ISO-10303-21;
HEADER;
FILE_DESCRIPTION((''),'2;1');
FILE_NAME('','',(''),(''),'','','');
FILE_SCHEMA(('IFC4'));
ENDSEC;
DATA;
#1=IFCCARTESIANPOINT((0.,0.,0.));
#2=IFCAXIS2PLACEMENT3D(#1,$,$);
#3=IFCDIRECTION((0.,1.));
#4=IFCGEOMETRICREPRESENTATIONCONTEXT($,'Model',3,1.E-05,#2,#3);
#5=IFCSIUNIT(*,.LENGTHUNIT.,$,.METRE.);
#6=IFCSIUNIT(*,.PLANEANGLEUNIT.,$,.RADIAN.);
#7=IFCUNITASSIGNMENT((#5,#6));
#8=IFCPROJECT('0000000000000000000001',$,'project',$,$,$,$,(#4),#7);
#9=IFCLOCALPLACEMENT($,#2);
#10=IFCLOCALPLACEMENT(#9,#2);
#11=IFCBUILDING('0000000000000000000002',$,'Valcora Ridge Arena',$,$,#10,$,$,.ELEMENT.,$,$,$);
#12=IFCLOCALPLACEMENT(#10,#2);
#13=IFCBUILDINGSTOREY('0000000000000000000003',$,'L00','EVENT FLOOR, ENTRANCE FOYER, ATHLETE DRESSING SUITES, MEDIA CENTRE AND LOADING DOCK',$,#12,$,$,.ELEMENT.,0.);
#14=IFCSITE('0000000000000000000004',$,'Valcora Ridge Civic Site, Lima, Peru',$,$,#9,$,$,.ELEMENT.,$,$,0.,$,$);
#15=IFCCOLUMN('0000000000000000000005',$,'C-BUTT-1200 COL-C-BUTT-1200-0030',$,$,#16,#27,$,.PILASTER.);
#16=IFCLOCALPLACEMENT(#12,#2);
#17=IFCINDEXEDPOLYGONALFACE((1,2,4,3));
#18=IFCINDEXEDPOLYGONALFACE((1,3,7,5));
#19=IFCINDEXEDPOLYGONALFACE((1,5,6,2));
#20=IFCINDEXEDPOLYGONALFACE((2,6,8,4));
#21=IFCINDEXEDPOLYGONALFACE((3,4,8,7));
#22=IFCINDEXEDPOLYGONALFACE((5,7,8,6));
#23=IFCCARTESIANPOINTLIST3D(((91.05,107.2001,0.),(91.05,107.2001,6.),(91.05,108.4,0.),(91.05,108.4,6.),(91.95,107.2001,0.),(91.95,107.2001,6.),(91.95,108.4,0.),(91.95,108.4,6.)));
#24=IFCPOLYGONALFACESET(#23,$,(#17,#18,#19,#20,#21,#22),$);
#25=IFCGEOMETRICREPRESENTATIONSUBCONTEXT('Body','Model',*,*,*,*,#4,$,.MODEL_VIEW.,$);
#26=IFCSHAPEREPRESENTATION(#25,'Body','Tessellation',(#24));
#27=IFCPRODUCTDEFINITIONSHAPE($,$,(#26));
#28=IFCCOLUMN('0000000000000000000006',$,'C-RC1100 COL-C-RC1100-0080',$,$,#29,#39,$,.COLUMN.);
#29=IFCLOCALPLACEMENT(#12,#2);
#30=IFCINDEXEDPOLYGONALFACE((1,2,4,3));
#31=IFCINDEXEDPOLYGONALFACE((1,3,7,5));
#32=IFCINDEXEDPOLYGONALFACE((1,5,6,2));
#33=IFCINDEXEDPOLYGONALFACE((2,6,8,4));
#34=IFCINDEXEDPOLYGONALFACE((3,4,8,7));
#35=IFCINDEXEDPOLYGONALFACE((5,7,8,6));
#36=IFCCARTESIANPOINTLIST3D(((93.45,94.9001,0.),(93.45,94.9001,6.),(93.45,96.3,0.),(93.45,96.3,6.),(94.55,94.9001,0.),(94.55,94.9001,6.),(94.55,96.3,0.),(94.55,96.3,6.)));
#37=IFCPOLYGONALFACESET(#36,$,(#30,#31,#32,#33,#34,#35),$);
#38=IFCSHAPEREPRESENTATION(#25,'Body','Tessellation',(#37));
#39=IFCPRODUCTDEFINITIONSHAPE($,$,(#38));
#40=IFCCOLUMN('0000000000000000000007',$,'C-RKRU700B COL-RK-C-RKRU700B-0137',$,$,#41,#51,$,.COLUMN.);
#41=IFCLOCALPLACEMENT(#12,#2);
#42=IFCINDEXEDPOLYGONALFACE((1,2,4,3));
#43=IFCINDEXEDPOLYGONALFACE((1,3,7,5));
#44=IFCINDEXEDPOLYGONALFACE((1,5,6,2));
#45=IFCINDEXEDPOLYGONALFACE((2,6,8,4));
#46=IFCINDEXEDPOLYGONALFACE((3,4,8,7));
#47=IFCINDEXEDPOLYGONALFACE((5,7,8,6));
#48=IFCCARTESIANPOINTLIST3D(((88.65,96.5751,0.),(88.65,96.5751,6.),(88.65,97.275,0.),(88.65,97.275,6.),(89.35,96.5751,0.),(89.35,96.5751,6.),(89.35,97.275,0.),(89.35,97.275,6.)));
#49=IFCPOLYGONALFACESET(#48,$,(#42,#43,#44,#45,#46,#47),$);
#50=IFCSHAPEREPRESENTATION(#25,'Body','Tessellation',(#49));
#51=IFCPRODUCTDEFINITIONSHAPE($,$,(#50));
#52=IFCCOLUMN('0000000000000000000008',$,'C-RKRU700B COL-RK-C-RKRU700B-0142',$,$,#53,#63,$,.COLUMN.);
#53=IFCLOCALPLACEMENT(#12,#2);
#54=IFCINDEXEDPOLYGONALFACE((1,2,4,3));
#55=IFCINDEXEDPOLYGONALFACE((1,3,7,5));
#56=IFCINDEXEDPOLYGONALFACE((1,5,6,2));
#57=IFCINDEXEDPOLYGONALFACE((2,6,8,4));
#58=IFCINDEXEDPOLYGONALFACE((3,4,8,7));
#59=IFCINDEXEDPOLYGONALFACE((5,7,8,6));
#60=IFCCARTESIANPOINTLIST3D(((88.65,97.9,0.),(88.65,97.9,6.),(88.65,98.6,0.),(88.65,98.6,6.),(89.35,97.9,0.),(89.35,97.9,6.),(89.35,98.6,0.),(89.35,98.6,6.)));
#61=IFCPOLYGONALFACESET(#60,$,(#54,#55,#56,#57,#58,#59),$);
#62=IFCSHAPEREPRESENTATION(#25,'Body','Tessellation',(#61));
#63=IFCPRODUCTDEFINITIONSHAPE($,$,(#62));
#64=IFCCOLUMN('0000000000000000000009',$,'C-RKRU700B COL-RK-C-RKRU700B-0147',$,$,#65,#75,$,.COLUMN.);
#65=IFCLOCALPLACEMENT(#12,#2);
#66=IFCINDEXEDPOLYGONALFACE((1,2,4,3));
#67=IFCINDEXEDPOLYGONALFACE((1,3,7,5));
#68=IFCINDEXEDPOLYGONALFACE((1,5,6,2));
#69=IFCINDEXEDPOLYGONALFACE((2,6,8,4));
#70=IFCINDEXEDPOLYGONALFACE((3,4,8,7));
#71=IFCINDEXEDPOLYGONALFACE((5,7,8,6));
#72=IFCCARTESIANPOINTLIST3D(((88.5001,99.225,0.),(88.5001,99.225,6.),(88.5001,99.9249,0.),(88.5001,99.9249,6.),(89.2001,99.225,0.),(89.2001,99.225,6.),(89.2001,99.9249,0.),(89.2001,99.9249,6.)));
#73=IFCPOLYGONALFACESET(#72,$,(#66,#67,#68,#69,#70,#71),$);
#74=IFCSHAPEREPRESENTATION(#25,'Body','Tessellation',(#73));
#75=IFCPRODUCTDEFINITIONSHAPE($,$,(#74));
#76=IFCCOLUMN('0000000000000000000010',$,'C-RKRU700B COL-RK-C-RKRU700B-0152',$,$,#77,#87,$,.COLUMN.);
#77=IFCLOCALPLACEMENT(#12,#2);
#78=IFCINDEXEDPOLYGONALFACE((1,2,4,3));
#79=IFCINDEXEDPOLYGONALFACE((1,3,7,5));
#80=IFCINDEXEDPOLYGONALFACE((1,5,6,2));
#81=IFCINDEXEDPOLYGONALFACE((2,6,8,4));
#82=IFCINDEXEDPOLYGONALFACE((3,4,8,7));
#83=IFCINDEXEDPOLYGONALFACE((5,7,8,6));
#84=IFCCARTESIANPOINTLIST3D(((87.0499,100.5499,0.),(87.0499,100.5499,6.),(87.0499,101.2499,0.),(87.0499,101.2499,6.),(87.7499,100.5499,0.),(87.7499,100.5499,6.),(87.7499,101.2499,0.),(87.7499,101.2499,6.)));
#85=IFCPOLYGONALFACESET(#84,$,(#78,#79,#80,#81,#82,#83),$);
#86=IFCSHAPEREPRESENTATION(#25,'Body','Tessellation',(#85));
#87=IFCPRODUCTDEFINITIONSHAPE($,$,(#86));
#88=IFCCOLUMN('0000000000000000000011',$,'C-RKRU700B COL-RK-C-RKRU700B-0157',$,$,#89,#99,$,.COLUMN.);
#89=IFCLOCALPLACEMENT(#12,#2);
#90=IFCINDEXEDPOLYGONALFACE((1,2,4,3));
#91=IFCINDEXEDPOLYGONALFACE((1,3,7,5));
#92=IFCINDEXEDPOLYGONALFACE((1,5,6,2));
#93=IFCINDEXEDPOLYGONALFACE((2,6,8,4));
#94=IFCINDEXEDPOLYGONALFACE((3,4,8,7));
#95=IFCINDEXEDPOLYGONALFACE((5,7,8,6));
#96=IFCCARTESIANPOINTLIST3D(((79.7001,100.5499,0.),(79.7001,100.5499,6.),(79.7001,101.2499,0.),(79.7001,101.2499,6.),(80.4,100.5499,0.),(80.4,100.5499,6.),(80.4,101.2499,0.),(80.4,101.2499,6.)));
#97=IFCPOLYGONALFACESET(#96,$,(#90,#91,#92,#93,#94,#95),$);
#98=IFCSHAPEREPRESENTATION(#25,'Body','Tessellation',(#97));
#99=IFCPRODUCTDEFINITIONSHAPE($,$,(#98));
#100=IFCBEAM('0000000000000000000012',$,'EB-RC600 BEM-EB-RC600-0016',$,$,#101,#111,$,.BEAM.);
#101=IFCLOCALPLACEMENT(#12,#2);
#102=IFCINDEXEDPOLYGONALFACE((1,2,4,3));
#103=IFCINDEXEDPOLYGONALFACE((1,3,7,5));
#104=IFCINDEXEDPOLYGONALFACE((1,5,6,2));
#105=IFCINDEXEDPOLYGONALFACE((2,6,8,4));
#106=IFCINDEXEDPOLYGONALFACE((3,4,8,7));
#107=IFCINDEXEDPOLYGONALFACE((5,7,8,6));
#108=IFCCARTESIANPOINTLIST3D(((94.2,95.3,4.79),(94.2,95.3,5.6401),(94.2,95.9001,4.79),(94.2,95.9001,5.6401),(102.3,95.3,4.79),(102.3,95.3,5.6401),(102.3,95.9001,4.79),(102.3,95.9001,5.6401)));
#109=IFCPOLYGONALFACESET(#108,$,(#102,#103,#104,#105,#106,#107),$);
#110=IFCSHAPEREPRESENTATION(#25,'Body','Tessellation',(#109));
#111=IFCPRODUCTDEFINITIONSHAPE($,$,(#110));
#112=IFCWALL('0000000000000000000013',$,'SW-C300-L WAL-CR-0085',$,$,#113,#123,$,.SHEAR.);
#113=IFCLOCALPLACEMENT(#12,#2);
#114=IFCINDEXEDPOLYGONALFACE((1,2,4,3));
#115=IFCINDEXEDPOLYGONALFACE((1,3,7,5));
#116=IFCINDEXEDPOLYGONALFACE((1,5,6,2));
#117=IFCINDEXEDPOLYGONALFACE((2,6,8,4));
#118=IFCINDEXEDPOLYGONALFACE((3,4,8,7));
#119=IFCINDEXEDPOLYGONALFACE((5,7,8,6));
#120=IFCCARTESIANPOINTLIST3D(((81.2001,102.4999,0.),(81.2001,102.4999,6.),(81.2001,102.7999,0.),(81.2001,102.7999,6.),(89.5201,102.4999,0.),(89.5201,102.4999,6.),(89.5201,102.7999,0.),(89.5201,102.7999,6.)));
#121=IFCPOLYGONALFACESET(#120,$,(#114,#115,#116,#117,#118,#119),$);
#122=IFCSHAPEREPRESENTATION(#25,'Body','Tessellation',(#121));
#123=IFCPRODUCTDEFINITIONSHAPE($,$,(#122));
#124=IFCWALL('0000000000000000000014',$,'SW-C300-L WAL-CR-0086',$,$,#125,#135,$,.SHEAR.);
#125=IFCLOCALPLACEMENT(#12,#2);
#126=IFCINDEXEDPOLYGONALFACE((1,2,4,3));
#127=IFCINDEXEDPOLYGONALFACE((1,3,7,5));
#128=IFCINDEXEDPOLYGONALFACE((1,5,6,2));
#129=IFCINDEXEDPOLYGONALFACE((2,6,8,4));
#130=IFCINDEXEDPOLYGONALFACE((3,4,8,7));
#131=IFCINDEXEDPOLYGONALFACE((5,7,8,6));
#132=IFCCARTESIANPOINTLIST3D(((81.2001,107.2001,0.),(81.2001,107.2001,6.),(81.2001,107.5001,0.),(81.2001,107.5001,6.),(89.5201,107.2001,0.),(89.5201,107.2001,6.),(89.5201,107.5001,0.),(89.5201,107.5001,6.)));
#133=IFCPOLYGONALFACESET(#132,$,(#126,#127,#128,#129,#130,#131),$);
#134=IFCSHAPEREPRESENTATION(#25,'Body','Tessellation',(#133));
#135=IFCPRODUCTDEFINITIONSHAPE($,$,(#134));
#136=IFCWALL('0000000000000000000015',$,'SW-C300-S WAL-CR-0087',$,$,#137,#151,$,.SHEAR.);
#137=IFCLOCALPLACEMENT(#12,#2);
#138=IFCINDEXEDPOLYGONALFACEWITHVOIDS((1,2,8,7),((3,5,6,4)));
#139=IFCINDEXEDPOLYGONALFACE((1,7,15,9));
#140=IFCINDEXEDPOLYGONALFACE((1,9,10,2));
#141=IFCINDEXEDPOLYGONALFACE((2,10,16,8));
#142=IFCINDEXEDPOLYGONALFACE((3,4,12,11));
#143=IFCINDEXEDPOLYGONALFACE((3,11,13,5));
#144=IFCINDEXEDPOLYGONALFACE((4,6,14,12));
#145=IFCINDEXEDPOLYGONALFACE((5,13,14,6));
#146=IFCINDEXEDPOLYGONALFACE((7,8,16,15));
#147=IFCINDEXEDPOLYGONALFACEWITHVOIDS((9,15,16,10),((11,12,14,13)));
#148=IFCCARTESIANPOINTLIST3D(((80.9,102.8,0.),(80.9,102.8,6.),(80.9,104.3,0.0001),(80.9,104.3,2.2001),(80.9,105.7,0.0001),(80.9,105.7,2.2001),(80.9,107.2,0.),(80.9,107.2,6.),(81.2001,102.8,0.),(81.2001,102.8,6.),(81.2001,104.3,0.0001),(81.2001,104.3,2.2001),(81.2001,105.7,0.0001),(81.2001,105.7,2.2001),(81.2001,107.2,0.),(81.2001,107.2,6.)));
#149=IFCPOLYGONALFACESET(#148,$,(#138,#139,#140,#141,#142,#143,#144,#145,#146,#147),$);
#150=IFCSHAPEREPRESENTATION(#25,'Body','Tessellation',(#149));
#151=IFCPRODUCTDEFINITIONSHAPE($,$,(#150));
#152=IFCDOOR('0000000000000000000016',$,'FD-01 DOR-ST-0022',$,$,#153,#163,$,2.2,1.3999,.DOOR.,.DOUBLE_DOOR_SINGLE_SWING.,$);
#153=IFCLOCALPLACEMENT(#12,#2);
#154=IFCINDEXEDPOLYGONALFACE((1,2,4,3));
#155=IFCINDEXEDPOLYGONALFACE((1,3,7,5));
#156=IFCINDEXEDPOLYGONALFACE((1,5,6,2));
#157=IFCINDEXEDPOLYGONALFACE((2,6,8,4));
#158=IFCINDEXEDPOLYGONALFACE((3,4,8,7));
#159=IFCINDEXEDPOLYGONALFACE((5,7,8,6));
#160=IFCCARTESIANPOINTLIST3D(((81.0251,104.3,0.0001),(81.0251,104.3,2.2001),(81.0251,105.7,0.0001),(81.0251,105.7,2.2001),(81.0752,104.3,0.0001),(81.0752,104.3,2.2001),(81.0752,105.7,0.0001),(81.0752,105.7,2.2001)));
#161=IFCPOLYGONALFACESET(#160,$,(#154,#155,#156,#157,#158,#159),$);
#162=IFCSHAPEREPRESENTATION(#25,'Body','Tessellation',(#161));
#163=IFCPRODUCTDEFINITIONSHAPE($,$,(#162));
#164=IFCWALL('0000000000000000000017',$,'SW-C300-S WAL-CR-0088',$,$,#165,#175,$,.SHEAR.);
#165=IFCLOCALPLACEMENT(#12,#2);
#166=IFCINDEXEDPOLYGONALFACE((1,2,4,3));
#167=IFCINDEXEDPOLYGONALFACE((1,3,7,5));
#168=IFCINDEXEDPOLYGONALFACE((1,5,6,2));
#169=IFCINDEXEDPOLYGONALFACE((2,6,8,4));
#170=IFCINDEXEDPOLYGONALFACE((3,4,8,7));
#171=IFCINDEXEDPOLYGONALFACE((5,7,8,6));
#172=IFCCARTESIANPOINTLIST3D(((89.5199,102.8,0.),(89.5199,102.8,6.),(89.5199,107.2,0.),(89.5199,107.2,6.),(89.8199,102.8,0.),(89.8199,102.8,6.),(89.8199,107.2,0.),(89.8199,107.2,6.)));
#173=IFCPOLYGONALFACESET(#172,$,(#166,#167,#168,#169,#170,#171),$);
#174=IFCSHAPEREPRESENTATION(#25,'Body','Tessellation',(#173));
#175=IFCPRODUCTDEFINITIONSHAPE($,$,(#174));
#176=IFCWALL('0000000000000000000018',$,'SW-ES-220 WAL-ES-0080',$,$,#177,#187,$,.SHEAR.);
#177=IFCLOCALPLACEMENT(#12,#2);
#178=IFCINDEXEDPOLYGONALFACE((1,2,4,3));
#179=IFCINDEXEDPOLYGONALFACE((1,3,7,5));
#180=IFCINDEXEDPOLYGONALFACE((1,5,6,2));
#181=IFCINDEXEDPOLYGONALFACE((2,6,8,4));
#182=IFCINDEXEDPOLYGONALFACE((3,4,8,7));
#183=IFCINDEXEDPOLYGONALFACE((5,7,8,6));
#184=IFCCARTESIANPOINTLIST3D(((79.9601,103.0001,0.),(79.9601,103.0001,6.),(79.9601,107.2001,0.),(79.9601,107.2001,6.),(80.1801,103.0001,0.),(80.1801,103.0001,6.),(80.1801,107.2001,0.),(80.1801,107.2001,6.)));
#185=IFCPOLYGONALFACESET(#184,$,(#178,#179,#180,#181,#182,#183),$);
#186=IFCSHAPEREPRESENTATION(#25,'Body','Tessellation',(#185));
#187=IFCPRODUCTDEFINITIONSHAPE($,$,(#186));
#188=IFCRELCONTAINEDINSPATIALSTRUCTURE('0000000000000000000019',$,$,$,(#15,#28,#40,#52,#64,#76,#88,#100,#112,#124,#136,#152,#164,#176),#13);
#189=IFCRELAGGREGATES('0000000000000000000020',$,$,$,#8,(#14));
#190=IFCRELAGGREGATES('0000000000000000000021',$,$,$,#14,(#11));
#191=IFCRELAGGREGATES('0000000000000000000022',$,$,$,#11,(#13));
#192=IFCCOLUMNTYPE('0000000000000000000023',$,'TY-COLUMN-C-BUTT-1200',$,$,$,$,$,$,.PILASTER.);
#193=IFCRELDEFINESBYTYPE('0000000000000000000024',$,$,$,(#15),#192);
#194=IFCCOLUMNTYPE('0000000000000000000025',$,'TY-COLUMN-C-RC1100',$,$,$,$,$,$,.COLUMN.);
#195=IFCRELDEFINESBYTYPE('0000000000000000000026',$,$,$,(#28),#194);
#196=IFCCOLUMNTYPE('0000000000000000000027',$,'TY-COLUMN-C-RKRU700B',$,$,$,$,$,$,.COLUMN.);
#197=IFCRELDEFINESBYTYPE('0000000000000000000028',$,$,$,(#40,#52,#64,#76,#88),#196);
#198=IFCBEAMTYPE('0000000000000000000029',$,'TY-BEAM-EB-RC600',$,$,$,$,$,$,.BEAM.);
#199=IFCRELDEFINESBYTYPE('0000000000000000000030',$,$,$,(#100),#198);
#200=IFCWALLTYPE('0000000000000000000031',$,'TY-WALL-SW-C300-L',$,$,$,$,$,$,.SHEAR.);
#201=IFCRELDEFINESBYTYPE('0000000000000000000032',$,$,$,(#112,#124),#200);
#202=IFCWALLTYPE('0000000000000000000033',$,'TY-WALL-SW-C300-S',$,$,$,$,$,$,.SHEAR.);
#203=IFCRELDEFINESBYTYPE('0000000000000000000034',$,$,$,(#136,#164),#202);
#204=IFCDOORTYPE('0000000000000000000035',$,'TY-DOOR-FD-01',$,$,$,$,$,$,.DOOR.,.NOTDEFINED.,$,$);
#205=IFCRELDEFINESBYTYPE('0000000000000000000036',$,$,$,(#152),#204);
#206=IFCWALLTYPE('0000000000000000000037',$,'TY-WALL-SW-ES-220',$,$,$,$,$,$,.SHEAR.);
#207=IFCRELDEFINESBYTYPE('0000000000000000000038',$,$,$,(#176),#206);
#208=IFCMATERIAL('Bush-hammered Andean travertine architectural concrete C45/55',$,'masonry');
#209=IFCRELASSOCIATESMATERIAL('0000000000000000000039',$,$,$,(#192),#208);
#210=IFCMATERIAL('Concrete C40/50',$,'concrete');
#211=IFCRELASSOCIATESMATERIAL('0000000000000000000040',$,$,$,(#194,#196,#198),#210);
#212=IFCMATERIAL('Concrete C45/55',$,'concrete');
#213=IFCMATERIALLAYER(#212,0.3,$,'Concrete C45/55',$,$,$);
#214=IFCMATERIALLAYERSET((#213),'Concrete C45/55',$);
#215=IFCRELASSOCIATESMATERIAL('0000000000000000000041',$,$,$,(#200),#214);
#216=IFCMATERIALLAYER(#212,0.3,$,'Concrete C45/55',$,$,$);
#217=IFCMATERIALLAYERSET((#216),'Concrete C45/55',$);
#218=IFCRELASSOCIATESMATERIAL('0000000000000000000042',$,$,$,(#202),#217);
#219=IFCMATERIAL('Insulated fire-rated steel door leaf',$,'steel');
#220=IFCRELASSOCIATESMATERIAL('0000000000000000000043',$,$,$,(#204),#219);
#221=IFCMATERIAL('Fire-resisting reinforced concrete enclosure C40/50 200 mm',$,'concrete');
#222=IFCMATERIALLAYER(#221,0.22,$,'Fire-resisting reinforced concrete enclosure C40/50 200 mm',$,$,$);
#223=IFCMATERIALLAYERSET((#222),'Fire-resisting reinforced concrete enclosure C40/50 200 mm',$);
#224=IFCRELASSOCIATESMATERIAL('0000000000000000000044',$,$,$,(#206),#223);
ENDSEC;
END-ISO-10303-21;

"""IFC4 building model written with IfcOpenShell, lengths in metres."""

from ifc_helpers import new_model, si_unit, direction, frame, frame_2d, origin, origin_2d, place, context, subcontext, project, spatial, rectangle, extrude, material, layer, layer_set, material_profile, profile_set, type_object, element, fill, save


model = new_model("IFC4")

# Units and contexts
model_context = context("Model", 3, precision=1e-05, world=origin(), true_north=direction((0.0, 1.0)))
body_context = subcontext(model_context, "Body", "Model", "MODEL_VIEW")
ifc_project = project(units=[si_unit("LENGTHUNIT", "METRE"), si_unit("PLANEANGLEUNIT", "RADIAN")], contexts=[model_context])

# Site, building, storey
site_placement = place(None, origin())
site = spatial("IfcSite", under=ifc_project, at=site_placement, Name="Valcora Ridge Civic Site, Lima, Peru", CompositionType="ELEMENT", RefElevation=0.0)
building_placement = place(site_placement, origin())
building = spatial("IfcBuilding", under=site, at=building_placement, Name="Valcora Ridge Arena", CompositionType="ELEMENT")
storey_placement = place(building_placement, origin())
storey = spatial("IfcBuildingStorey", under=building, at=storey_placement, Name="L00", Description="EVENT FLOOR, ENTRANCE FOYER, ATHLETE DRESSING SUITES, MEDIA CENTRE AND LOADING DOCK", CompositionType="ELEMENT", Elevation=0.0)

# Columns
ifc_material_1 = material(Name="Bush-hammered Andean travertine architectural concrete C45/55", Category="masonry")
ifc_material_profile_1 = material_profile(ifc_material_1, rectangle(XDim=0.8999, YDim=1.2, at=origin_2d()), Name="RC 900x1200")
ifc_profile_set_1 = profile_set([ifc_material_profile_1], Name="Bush-hammered Andean travertine architectural concrete C45/55")
column_type_1 = type_object("IfcColumnType", Name="TY-COLUMN-C-BUTT-1200", PredefinedType="PILASTER", material=ifc_profile_set_1)
column_1_placement = place(storey_placement, frame((91.5, 107.8, 0.0), z_axis=(0.0, 0.0, 1.0), x_axis=(1.0, 0.0, 0.0)))
element("IfcColumn", 1, at=column_1_placement, inside=storey, type_object=column_type_1, Name="C-BUTT-1200 COL-C-BUTT-1200-0030", PredefinedType="PILASTER", context=body_context, shape_type="SweptSolid", body=[
    extrude(rectangle(XDim=0.8999, YDim=1.2, at=origin_2d()), origin(), (0.0, 0.0, 1.0), 6.0),
])
ifc_material_2 = material(Name="Concrete C40/50", Category="concrete")
ifc_material_profile_2 = material_profile(ifc_material_2, rectangle(XDim=1.1001, YDim=1.3999, at=origin_2d()), Name="RC 1100x1400")
ifc_profile_set_2 = profile_set([ifc_material_profile_2], Name="Concrete C40/50")
column_type_2 = type_object("IfcColumnType", Name="TY-COLUMN-C-RC1100", PredefinedType="COLUMN", material=ifc_profile_set_2)
column_2_placement = place(storey_placement, frame((94.0, 95.6001, 0.0), z_axis=(0.0, 0.0, 1.0), x_axis=(1.0, 0.0, 0.0)))
element("IfcColumn", 2, at=column_2_placement, inside=storey, type_object=column_type_2, Name="C-RC1100 COL-C-RC1100-0080", PredefinedType="COLUMN", context=body_context, shape_type="SweptSolid", body=[
    extrude(rectangle(XDim=1.1001, YDim=1.3999, at=origin_2d()), origin(), (0.0, 0.0, 1.0), 6.0),
])
ifc_material_profile_3 = material_profile(ifc_material_2, rectangle(XDim=0.7, YDim=0.7, at=origin_2d()), Name="RC 700x700")
ifc_profile_set_3 = profile_set([ifc_material_profile_3], Name="Concrete C40/50")
column_type_3 = type_object("IfcColumnType", Name="TY-COLUMN-C-RKRU700B", PredefinedType="COLUMN", material=ifc_profile_set_3)
for number, where, z_axis, x_axis, name in (
    (3, (89.0, 96.925, 0.0), (0.0, 0.0, 1.0), (1.0, 0.0, 0.0), "C-RKRU700B COL-RK-C-RKRU700B-0137"),
    (4, (89.0, 98.25, 0.0), (0.0, 0.0, 1.0), (1.0, 0.0, 0.0), "C-RKRU700B COL-RK-C-RKRU700B-0142"),
    (5, (88.8501, 99.575, 0.0), (0.0, 0.0, 1.0), (1.0, 0.0, 0.0), "C-RKRU700B COL-RK-C-RKRU700B-0147"),
    (6, (87.3999, 100.8999, 0.0), (0.0, 0.0, 1.0), (1.0, 0.0, 0.0), "C-RKRU700B COL-RK-C-RKRU700B-0152"),
    (7, (80.05, 100.8999, 0.0), (0.0, 0.0, 1.0), (1.0, 0.0, 0.0), "C-RKRU700B COL-RK-C-RKRU700B-0157"),
):
    element("IfcColumn", number, at=place(storey_placement, frame(where, z_axis=z_axis, x_axis=x_axis)), inside=storey, type_object=column_type_3, Name=name, PredefinedType="COLUMN", context=body_context, shape_type="SweptSolid", body=[
        extrude(rectangle(XDim=0.7, YDim=0.7, at=origin_2d()), origin(), (0.0, 0.0, 1.0), 6.0),
    ])

# Beam
ifc_material_profile_4 = material_profile(ifc_material_2, rectangle(XDim=0.6001, YDim=0.8501, at=origin_2d()), Name="RC 600x850")
ifc_profile_set_4 = profile_set([ifc_material_profile_4], Name="Concrete C40/50")
beam_type = type_object("IfcBeamType", Name="TY-BEAM-EB-RC600", PredefinedType="BEAM", material=ifc_profile_set_4)
beam_placement = place(storey_placement, frame((94.2, 95.6001, 5.2151), z_axis=(1.0, 0.0, 0.0), x_axis=(0.0, 1.0, 0.0)))
element("IfcBeam", 8, at=beam_placement, inside=storey, type_object=beam_type, Name="EB-RC600 BEM-EB-RC600-0016", PredefinedType="BEAM", context=body_context, shape_type="SweptSolid", body=[
    extrude(rectangle(XDim=0.6001, YDim=0.8501, at=origin_2d()), origin(), (0.0, 0.0, 1.0), 8.1001),
])

# Walls
ifc_material_3 = material(Name="Concrete C45/55", Category="concrete")
ifc_layer_1 = layer(ifc_material_3, 0.3, Name="Concrete C45/55")
ifc_layer_set_1 = layer_set([ifc_layer_1], Name="Concrete C45/55")
wall_type_1 = type_object("IfcWallType", Name="TY-WALL-SW-C300-L", PredefinedType="SHEAR", material=ifc_layer_set_1)
for number, where, z_axis, x_axis, name in (
    (9, (81.2, 102.6499, 0.0), (0.0, 0.0, 1.0), (1.0, 0.0, 0.0), "SW-C300-L WAL-CR-0085"),
    (10, (81.2, 107.3501, 0.0), (0.0, 0.0, 1.0), (1.0, 0.0, 0.0), "SW-C300-L WAL-CR-0086"),
):
    element("IfcWall", number, at=place(storey_placement, frame(where, z_axis=z_axis, x_axis=x_axis)), inside=storey, type_object=wall_type_1, Name=name, PredefinedType="SHEAR", context=body_context, shape_type="SweptSolid", body=[
        extrude(rectangle(XDim=8.3201, YDim=0.3, at=frame_2d((4.1602, 0.0))), origin(), (0.0, 0.0, 1.0), 6.0),
    ])

# Wall, opening, door
ifc_layer_2 = layer(ifc_material_3, 0.3, Name="Concrete C45/55")
ifc_layer_set_2 = layer_set([ifc_layer_2], Name="Concrete C45/55")
wall_type_2 = type_object("IfcWallType", Name="TY-WALL-SW-C300-S", PredefinedType="SHEAR", material=ifc_layer_set_2)
wall_1_placement = place(storey_placement, frame((81.05, 102.8, 0.0), z_axis=(0.0, 0.0, 1.0), x_axis=(0.0, 1.0, 0.0)))
wall_1 = element("IfcWall", 11, at=wall_1_placement, inside=storey, type_object=wall_type_2, Name="SW-C300-S WAL-CR-0087", PredefinedType="SHEAR", context=body_context, shape_type="SweptSolid", body=[
    extrude(rectangle(XDim=4.3999, YDim=0.3, at=frame_2d((2.2, 0.0))), origin(), (0.0, 0.0, 1.0), 6.0),
])
opening_placement = place(wall_1_placement, frame((1.5, 0.0, 0.0)))
opening = element("IfcOpeningElement", 12, at=opening_placement, cuts=wall_1, PredefinedType="OPENING", context=body_context, shape_type="SweptSolid", body=[
    extrude(rectangle(XDim=1.3999, YDim=2.2, at=frame_2d((0.7, 1.1001))), frame((0.0, 0.1599, 0.0), z_axis=(0.0, -1.0, 0.0), x_axis=(1.0, 0.0, 0.0)), (0.0, 0.0, 1.0), 0.3201),
])
ifc_material_4 = material(Name="Insulated fire-rated steel door leaf", Category="steel")
door_type = type_object("IfcDoorType", Name="TY-DOOR-FD-01", OperationType="NOTDEFINED", PredefinedType="DOOR", material=ifc_material_4)
door_placement = place(opening_placement, origin())
door = element("IfcDoor", 13, at=door_placement, inside=storey, type_object=door_type, Name="FD-01 DOR-ST-0022", OperationType="DOUBLE_DOOR_SINGLE_SWING", OverallHeight=2.2, OverallWidth=1.3999, PredefinedType="DOOR", context=body_context, shape_type="SweptSolid", body=[
    extrude(rectangle(XDim=1.3999, YDim=2.2, at=frame_2d((0.7, 1.1001))), frame((0.0, 0.0249, 0.0), z_axis=(0.0, -1.0, 0.0), x_axis=(1.0, 0.0, 0.0)), (0.0, 0.0, 1.0), 0.05),
])
fill(opening, door)

# Walls
wall_2_placement = place(storey_placement, frame((89.6699, 102.8, 0.0), z_axis=(0.0, 0.0, 1.0), x_axis=(0.0, 1.0, 0.0)))
element("IfcWall", 14, at=wall_2_placement, inside=storey, type_object=wall_type_2, Name="SW-C300-S WAL-CR-0088", PredefinedType="SHEAR", context=body_context, shape_type="SweptSolid", body=[
    extrude(rectangle(XDim=4.3999, YDim=0.3, at=frame_2d((2.2, 0.0))), origin(), (0.0, 0.0, 1.0), 6.0),
])
ifc_material_5 = material(Name="Fire-resisting reinforced concrete enclosure C40/50 200 mm", Category="concrete")
ifc_layer_3 = layer(ifc_material_5, 0.22, Name="Fire-resisting reinforced concrete enclosure C40/50 200 mm")
ifc_layer_set_3 = layer_set([ifc_layer_3], Name="Fire-resisting reinforced concrete enclosure C40/50 200 mm")
wall_type_3 = type_object("IfcWallType", Name="TY-WALL-SW-ES-220", PredefinedType="SHEAR", material=ifc_layer_set_3)
wall_3_placement = place(storey_placement, frame((80.0701, 103.0, 0.0), z_axis=(0.0, 0.0, 1.0), x_axis=(0.0, 1.0, 0.0)))
element("IfcWall", 15, at=wall_3_placement, inside=storey, type_object=wall_type_3, Name="SW-ES-220 WAL-ES-0080", PredefinedType="SHEAR", context=body_context, shape_type="SweptSolid", body=[
    extrude(rectangle(XDim=4.2, YDim=0.22, at=frame_2d((2.1001, 0.0))), origin(), (0.0, 0.0, 1.0), 6.0),
])

save(model, "model.ifc")
